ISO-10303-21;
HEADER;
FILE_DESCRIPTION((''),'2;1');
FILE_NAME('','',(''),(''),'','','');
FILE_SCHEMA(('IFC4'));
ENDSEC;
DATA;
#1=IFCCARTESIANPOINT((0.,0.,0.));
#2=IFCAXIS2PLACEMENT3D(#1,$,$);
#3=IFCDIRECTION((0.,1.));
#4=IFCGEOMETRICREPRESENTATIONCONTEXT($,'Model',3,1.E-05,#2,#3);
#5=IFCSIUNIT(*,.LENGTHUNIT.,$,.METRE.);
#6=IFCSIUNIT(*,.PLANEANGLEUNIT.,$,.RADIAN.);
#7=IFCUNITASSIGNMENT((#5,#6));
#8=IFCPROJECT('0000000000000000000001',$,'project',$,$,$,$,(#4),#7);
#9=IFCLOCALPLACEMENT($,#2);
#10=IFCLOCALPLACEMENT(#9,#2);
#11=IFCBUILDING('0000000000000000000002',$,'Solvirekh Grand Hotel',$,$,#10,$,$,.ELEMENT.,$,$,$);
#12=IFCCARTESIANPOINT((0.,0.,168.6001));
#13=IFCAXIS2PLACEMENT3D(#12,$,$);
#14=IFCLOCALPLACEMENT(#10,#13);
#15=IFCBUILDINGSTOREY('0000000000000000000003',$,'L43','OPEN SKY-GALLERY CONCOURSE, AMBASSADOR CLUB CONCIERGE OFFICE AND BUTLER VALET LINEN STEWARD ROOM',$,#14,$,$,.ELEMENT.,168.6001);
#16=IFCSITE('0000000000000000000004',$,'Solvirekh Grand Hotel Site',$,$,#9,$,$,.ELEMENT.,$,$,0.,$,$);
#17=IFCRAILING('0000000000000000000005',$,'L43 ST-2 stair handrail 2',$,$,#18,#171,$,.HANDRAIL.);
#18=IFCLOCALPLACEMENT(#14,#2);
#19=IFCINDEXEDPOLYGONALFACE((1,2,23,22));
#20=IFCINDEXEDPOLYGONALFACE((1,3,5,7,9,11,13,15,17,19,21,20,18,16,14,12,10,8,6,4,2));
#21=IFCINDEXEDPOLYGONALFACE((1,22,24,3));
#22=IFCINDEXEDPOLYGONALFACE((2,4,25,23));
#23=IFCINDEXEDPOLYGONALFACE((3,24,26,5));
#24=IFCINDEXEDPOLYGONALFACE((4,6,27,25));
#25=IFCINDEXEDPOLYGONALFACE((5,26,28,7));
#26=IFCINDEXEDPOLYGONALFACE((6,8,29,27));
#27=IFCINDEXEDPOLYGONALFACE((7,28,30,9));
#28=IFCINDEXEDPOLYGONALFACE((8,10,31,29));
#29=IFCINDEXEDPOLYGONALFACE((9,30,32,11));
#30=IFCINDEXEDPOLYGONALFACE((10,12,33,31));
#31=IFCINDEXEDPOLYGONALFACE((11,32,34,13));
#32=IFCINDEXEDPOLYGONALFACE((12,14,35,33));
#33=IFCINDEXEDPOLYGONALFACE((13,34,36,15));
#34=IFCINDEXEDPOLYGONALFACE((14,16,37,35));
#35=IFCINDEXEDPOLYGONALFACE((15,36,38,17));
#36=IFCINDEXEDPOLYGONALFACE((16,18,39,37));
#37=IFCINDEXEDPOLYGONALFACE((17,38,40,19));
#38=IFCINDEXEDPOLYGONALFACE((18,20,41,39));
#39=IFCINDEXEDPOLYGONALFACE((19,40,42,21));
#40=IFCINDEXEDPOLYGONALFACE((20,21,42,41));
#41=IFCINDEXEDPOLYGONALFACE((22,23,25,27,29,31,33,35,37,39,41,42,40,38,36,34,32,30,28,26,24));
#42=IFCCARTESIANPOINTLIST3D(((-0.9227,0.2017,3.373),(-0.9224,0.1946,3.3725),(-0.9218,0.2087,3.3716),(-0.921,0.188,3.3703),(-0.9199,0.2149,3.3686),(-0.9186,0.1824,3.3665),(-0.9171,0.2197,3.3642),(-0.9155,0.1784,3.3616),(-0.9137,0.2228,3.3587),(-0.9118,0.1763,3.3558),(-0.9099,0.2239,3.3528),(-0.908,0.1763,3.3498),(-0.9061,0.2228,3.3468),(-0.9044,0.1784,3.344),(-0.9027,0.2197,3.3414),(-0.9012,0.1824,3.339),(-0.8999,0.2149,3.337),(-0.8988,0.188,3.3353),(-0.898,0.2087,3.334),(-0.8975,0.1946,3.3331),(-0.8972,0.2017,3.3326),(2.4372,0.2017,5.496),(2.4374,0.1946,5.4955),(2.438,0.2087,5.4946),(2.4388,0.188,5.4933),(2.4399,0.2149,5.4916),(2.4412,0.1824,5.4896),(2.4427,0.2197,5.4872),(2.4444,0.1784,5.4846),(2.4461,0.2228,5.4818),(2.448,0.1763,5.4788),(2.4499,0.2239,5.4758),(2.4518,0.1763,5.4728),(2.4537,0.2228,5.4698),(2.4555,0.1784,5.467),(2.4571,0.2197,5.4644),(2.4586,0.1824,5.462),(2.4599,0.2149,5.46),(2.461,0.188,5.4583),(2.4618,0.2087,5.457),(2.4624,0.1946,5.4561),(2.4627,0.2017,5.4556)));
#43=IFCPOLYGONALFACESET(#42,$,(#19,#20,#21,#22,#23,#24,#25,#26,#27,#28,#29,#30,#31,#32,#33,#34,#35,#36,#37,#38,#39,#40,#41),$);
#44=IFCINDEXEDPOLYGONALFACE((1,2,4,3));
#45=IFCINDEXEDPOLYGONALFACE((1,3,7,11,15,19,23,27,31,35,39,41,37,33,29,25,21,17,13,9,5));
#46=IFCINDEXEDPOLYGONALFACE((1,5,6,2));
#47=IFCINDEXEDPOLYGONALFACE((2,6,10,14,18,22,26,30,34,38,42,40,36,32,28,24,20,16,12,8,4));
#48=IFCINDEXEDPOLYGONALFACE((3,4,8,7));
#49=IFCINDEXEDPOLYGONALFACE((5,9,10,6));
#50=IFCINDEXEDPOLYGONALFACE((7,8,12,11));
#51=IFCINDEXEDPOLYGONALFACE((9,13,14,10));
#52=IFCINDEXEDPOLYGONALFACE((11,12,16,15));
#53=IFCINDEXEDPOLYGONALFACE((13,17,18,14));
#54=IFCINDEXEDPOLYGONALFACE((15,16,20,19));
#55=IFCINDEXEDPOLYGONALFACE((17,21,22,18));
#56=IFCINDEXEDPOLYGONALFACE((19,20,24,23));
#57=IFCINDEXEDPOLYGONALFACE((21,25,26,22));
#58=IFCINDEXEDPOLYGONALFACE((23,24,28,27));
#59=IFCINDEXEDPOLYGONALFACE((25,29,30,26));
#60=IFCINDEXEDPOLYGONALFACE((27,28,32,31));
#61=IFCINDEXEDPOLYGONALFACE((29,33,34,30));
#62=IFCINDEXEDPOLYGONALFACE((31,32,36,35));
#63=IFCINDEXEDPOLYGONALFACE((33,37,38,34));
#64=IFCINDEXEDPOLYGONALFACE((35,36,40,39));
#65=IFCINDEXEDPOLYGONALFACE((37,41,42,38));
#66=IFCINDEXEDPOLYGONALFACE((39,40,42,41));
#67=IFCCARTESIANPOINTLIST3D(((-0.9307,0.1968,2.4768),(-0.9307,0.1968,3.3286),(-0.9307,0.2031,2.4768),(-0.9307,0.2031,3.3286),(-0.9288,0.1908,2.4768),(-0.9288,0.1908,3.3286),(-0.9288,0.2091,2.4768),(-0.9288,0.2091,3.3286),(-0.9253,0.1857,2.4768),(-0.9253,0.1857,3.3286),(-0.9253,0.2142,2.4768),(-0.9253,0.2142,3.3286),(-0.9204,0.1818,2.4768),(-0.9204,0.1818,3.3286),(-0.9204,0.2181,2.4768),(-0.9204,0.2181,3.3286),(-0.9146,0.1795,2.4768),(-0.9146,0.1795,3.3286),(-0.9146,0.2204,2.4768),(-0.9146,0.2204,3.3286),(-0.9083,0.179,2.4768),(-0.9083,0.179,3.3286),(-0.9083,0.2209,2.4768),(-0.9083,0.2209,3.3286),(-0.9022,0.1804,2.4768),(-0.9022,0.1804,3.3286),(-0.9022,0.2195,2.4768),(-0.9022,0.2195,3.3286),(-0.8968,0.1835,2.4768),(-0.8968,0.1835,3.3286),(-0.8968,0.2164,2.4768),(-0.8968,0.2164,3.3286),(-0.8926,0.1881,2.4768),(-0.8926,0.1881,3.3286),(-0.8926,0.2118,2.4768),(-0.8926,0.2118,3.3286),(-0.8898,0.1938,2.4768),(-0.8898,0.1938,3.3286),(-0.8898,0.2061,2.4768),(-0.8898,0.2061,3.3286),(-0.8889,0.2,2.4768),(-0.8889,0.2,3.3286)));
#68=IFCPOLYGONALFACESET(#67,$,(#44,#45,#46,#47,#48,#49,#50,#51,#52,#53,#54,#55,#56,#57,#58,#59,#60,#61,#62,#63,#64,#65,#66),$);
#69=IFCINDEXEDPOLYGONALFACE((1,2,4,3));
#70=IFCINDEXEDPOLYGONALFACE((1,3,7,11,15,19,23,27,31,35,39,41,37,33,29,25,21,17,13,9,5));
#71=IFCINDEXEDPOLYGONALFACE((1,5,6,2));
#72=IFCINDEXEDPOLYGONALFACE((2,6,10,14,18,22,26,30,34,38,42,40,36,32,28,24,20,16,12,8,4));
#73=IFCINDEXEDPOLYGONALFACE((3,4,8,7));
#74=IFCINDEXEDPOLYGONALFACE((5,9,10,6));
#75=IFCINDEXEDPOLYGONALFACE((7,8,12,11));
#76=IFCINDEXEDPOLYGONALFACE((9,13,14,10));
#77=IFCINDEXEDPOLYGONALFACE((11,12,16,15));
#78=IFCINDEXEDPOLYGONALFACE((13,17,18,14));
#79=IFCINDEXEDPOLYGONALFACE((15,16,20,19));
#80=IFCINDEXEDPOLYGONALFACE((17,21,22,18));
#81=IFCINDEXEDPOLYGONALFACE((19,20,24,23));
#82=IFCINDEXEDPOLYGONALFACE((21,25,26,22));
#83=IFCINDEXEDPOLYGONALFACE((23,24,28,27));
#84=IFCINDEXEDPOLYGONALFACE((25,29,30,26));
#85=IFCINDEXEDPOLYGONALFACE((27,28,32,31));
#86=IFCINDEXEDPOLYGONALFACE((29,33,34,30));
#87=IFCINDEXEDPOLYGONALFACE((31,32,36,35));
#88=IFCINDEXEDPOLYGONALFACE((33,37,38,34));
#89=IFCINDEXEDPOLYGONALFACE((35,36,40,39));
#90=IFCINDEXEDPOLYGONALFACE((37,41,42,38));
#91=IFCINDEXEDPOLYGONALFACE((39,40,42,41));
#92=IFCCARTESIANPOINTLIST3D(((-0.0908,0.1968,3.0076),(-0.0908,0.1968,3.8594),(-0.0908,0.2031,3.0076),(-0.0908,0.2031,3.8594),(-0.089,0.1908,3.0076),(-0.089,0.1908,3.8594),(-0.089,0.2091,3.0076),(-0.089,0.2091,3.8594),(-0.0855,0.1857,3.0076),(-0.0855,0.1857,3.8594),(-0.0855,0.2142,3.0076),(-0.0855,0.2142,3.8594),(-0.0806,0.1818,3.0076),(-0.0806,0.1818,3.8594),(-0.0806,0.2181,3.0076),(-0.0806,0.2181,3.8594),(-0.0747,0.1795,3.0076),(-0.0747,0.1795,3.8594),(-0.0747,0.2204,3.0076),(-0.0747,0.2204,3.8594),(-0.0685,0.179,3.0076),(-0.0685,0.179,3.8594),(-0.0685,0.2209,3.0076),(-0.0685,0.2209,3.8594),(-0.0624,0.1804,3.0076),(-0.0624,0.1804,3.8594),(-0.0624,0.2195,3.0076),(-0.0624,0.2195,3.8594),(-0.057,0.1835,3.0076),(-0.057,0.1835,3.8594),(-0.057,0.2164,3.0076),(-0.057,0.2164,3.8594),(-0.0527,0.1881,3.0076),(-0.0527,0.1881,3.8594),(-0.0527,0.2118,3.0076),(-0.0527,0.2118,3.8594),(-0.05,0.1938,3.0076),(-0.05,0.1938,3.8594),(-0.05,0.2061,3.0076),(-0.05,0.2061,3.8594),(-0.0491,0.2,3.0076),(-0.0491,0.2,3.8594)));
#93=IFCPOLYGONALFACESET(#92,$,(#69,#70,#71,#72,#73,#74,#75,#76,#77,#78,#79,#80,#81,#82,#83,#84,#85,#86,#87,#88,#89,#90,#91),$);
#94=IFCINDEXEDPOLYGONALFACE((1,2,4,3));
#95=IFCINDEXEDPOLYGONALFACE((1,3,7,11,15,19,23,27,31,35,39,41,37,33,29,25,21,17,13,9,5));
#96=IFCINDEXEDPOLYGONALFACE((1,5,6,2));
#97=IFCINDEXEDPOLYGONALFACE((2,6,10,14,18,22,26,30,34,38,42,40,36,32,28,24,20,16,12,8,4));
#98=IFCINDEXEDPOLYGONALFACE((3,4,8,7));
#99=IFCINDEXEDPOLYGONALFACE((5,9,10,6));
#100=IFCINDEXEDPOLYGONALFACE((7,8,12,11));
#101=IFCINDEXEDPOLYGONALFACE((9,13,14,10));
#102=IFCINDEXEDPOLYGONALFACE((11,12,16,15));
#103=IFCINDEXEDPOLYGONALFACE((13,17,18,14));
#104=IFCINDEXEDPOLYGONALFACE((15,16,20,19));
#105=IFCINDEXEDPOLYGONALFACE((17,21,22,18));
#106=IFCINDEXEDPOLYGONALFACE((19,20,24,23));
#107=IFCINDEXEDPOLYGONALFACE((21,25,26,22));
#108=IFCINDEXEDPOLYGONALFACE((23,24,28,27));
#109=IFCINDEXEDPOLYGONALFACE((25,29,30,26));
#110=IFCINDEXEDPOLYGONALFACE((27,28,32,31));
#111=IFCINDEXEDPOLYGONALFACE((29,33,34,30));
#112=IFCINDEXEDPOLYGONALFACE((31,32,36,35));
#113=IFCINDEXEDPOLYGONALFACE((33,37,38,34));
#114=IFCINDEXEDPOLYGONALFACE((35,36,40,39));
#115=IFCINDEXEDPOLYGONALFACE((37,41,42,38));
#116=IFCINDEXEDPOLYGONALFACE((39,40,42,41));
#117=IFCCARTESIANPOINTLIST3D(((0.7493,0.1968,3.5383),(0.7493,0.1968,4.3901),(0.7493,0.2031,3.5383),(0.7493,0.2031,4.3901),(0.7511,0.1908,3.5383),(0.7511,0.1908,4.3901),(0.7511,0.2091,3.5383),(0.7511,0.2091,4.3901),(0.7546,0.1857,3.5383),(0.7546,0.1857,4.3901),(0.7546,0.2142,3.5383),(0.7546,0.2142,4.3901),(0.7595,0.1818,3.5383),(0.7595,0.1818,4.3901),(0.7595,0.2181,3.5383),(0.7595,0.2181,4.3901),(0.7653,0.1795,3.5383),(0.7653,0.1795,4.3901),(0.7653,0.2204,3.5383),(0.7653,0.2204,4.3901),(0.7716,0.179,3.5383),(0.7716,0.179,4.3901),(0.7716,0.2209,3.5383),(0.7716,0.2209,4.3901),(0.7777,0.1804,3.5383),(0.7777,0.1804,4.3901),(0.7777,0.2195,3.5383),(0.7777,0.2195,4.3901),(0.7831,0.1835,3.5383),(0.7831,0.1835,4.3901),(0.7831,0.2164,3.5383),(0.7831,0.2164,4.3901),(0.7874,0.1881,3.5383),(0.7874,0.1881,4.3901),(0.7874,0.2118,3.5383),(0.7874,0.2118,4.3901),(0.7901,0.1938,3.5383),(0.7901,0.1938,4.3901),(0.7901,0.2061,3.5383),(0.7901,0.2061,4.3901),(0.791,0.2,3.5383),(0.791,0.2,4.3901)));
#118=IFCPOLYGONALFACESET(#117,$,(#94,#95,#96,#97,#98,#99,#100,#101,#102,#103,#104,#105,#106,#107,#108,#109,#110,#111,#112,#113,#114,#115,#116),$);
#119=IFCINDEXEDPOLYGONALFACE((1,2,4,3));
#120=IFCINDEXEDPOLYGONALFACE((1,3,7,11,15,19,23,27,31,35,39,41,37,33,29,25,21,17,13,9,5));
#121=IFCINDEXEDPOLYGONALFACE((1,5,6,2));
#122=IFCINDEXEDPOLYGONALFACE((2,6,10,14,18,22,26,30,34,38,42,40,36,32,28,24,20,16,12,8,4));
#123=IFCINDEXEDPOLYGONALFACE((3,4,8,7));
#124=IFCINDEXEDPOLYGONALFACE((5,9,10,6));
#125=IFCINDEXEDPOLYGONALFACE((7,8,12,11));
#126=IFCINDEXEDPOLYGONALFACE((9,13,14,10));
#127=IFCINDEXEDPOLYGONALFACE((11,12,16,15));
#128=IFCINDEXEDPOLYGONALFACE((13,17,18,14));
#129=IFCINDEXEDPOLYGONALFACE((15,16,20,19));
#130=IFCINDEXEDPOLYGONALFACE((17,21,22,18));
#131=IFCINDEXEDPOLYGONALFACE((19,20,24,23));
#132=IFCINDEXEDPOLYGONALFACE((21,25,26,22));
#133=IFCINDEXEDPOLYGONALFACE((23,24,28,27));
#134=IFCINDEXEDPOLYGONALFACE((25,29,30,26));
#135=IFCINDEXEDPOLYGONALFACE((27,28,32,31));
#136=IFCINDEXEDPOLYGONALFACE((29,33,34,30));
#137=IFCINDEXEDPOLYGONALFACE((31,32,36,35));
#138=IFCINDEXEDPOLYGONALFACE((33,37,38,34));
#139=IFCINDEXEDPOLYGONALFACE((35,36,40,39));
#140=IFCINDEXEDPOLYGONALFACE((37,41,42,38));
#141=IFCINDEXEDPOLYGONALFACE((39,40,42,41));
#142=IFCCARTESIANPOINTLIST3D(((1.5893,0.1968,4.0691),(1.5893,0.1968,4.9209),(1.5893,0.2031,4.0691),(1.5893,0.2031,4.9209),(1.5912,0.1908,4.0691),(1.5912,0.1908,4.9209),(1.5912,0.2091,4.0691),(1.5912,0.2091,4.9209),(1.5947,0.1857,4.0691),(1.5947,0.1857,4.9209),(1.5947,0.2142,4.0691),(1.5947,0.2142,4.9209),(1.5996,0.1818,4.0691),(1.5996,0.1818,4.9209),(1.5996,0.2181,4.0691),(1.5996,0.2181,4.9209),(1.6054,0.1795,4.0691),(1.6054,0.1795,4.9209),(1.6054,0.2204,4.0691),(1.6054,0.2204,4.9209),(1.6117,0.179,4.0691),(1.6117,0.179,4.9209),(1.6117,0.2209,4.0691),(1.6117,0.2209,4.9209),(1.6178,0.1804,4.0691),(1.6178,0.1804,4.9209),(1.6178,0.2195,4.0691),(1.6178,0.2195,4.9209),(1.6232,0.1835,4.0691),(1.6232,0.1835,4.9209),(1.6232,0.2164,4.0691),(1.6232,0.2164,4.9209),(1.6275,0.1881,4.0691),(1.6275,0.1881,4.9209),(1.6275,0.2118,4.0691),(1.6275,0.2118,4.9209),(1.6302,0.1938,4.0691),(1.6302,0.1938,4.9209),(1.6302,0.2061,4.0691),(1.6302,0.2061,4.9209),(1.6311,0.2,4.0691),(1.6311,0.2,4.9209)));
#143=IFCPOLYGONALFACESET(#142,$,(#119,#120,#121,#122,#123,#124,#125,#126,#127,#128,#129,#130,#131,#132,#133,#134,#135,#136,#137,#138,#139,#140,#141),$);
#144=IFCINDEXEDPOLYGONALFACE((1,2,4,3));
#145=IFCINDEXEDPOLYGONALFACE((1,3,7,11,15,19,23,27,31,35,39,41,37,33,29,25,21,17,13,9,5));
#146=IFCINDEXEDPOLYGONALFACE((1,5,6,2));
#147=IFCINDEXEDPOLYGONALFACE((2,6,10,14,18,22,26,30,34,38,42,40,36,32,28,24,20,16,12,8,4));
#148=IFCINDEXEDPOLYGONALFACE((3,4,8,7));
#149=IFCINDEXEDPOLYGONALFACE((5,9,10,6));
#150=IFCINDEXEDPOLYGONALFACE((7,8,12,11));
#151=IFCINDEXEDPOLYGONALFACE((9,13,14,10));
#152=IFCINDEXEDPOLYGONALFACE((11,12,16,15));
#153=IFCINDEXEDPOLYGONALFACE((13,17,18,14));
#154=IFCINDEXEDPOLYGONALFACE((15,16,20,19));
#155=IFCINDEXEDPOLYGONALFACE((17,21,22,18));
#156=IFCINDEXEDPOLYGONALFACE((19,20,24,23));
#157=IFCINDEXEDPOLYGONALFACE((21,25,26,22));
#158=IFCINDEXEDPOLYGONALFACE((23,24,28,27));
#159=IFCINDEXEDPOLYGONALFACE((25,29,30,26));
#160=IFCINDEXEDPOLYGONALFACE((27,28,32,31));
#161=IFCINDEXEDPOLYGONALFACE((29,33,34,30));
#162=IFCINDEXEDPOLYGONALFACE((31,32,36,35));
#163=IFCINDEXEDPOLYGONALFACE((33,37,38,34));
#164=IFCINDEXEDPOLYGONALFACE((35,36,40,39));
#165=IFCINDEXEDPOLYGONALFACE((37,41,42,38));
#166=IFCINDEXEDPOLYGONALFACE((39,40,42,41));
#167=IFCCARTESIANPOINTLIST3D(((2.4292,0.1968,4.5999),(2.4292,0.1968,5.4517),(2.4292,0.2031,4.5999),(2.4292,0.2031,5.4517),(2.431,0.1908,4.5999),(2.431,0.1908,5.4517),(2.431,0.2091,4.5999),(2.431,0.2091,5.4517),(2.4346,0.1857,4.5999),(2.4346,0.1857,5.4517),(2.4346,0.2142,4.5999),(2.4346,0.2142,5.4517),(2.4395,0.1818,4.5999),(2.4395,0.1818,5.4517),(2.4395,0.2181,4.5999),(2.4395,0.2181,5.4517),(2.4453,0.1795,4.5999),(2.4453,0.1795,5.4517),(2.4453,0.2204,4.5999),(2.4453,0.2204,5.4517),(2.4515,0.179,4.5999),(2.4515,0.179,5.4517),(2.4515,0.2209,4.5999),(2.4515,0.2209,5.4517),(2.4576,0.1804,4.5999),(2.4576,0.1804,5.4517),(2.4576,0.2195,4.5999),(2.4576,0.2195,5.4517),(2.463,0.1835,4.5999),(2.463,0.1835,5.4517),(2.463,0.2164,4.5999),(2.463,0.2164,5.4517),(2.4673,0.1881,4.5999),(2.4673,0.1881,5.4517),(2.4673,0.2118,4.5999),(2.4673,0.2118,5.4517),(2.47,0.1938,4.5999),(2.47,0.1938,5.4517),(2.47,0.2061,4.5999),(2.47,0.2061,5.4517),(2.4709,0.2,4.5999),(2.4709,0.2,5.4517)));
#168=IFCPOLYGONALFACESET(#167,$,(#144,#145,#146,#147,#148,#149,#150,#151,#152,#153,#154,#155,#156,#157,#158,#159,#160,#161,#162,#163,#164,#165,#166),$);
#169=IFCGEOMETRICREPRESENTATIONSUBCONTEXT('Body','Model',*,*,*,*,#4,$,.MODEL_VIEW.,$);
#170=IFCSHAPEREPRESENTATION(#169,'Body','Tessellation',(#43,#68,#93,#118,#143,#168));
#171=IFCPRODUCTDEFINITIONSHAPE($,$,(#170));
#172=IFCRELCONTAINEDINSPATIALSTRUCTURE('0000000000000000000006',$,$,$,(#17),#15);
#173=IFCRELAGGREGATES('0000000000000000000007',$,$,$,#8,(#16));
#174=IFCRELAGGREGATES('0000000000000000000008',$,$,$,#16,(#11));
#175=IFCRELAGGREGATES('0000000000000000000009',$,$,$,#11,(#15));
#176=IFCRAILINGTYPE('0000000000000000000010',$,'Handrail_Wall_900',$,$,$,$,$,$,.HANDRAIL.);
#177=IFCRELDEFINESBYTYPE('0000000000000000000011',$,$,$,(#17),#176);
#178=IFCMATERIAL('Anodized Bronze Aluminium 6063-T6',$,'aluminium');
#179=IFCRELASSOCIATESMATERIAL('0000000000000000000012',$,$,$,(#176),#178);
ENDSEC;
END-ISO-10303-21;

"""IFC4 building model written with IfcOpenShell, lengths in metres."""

from ifc_helpers import new_model, si_unit, direction, frame, origin, origin_2d, place, context, subcontext, project, spatial, circle, extrude, material, type_object, element, save


model = new_model("IFC4")

# Units and contexts
model_context = context("Model", 3, precision=1e-05, world=origin(), true_north=direction((0.0, 1.0)))
body_context = subcontext(model_context, "Body", "Model", "MODEL_VIEW")
ifc_project = project(units=[si_unit("LENGTHUNIT", "METRE"), si_unit("PLANEANGLEUNIT", "RADIAN")], contexts=[model_context])

# Site, building, storey
site_placement = place(None, origin())
site = spatial("IfcSite", under=ifc_project, at=site_placement, Name="Solvirekh Grand Hotel Site", CompositionType="ELEMENT", RefElevation=0.0)
building_placement = place(site_placement, origin())
building = spatial("IfcBuilding", under=site, at=building_placement, Name="Solvirekh Grand Hotel", CompositionType="ELEMENT")
storey_placement = place(building_placement, frame((0.0, 0.0, 168.6001)))
storey = spatial("IfcBuildingStorey", under=building, at=storey_placement, Name="L43", Description="OPEN SKY-GALLERY CONCOURSE, AMBASSADOR CLUB CONCIERGE OFFICE AND BUTLER VALET LINEN STEWARD ROOM", CompositionType="ELEMENT", Elevation=168.6001)

# Shared definitions
ifc_material_1 = material(Name="Anodized Bronze Aluminium 6063-T6", Category="aluminium")

# Railing
railing_type_1 = type_object("IfcRailingType", Name="Handrail_Wall_900", PredefinedType="HANDRAIL", material=ifc_material_1)
for number, where, name in (
    (1, (-0.9099, 0.2, 2.4768), "L43 ST-2 stair handrail 2"),
):
    element("IfcRailing", number, at=place(storey_placement, frame(where)), inside=storey, type_object=railing_type_1, Name=name, PredefinedType="HANDRAIL", context=body_context, shape_type="SweptSolid", body=[
        extrude(circle(Radius=0.0239, at=origin_2d()), frame((0.0, 0.0, 0.876), z_axis=(0.845372, 0.0, 0.534178), x_axis=(0.0, 1.0, 0.0)), (0.0, 0.0, 1.0), 3.9744),
        extrude(circle(Radius=0.021, at=origin_2d()), origin(), (0.0, 0.0, 1.0), 0.8518),
        extrude(circle(Radius=0.021, at=origin_2d()), frame((0.8398, 0.0, 0.5308)), (0.0, 0.0, 1.0), 0.8518),
        extrude(circle(Radius=0.021, at=origin_2d()), frame((1.6799, 0.0, 1.0615)), (0.0, 0.0, 1.0), 0.8518),
        extrude(circle(Radius=0.021, at=origin_2d()), frame((2.52, 0.0, 1.5923)), (0.0, 0.0, 1.0), 0.8518),
        extrude(circle(Radius=0.021, at=origin_2d()), frame((3.3599, 0.0, 2.123)), (0.0, 0.0, 1.0), 0.8518),
    ])

save(model, "model.ifc")
